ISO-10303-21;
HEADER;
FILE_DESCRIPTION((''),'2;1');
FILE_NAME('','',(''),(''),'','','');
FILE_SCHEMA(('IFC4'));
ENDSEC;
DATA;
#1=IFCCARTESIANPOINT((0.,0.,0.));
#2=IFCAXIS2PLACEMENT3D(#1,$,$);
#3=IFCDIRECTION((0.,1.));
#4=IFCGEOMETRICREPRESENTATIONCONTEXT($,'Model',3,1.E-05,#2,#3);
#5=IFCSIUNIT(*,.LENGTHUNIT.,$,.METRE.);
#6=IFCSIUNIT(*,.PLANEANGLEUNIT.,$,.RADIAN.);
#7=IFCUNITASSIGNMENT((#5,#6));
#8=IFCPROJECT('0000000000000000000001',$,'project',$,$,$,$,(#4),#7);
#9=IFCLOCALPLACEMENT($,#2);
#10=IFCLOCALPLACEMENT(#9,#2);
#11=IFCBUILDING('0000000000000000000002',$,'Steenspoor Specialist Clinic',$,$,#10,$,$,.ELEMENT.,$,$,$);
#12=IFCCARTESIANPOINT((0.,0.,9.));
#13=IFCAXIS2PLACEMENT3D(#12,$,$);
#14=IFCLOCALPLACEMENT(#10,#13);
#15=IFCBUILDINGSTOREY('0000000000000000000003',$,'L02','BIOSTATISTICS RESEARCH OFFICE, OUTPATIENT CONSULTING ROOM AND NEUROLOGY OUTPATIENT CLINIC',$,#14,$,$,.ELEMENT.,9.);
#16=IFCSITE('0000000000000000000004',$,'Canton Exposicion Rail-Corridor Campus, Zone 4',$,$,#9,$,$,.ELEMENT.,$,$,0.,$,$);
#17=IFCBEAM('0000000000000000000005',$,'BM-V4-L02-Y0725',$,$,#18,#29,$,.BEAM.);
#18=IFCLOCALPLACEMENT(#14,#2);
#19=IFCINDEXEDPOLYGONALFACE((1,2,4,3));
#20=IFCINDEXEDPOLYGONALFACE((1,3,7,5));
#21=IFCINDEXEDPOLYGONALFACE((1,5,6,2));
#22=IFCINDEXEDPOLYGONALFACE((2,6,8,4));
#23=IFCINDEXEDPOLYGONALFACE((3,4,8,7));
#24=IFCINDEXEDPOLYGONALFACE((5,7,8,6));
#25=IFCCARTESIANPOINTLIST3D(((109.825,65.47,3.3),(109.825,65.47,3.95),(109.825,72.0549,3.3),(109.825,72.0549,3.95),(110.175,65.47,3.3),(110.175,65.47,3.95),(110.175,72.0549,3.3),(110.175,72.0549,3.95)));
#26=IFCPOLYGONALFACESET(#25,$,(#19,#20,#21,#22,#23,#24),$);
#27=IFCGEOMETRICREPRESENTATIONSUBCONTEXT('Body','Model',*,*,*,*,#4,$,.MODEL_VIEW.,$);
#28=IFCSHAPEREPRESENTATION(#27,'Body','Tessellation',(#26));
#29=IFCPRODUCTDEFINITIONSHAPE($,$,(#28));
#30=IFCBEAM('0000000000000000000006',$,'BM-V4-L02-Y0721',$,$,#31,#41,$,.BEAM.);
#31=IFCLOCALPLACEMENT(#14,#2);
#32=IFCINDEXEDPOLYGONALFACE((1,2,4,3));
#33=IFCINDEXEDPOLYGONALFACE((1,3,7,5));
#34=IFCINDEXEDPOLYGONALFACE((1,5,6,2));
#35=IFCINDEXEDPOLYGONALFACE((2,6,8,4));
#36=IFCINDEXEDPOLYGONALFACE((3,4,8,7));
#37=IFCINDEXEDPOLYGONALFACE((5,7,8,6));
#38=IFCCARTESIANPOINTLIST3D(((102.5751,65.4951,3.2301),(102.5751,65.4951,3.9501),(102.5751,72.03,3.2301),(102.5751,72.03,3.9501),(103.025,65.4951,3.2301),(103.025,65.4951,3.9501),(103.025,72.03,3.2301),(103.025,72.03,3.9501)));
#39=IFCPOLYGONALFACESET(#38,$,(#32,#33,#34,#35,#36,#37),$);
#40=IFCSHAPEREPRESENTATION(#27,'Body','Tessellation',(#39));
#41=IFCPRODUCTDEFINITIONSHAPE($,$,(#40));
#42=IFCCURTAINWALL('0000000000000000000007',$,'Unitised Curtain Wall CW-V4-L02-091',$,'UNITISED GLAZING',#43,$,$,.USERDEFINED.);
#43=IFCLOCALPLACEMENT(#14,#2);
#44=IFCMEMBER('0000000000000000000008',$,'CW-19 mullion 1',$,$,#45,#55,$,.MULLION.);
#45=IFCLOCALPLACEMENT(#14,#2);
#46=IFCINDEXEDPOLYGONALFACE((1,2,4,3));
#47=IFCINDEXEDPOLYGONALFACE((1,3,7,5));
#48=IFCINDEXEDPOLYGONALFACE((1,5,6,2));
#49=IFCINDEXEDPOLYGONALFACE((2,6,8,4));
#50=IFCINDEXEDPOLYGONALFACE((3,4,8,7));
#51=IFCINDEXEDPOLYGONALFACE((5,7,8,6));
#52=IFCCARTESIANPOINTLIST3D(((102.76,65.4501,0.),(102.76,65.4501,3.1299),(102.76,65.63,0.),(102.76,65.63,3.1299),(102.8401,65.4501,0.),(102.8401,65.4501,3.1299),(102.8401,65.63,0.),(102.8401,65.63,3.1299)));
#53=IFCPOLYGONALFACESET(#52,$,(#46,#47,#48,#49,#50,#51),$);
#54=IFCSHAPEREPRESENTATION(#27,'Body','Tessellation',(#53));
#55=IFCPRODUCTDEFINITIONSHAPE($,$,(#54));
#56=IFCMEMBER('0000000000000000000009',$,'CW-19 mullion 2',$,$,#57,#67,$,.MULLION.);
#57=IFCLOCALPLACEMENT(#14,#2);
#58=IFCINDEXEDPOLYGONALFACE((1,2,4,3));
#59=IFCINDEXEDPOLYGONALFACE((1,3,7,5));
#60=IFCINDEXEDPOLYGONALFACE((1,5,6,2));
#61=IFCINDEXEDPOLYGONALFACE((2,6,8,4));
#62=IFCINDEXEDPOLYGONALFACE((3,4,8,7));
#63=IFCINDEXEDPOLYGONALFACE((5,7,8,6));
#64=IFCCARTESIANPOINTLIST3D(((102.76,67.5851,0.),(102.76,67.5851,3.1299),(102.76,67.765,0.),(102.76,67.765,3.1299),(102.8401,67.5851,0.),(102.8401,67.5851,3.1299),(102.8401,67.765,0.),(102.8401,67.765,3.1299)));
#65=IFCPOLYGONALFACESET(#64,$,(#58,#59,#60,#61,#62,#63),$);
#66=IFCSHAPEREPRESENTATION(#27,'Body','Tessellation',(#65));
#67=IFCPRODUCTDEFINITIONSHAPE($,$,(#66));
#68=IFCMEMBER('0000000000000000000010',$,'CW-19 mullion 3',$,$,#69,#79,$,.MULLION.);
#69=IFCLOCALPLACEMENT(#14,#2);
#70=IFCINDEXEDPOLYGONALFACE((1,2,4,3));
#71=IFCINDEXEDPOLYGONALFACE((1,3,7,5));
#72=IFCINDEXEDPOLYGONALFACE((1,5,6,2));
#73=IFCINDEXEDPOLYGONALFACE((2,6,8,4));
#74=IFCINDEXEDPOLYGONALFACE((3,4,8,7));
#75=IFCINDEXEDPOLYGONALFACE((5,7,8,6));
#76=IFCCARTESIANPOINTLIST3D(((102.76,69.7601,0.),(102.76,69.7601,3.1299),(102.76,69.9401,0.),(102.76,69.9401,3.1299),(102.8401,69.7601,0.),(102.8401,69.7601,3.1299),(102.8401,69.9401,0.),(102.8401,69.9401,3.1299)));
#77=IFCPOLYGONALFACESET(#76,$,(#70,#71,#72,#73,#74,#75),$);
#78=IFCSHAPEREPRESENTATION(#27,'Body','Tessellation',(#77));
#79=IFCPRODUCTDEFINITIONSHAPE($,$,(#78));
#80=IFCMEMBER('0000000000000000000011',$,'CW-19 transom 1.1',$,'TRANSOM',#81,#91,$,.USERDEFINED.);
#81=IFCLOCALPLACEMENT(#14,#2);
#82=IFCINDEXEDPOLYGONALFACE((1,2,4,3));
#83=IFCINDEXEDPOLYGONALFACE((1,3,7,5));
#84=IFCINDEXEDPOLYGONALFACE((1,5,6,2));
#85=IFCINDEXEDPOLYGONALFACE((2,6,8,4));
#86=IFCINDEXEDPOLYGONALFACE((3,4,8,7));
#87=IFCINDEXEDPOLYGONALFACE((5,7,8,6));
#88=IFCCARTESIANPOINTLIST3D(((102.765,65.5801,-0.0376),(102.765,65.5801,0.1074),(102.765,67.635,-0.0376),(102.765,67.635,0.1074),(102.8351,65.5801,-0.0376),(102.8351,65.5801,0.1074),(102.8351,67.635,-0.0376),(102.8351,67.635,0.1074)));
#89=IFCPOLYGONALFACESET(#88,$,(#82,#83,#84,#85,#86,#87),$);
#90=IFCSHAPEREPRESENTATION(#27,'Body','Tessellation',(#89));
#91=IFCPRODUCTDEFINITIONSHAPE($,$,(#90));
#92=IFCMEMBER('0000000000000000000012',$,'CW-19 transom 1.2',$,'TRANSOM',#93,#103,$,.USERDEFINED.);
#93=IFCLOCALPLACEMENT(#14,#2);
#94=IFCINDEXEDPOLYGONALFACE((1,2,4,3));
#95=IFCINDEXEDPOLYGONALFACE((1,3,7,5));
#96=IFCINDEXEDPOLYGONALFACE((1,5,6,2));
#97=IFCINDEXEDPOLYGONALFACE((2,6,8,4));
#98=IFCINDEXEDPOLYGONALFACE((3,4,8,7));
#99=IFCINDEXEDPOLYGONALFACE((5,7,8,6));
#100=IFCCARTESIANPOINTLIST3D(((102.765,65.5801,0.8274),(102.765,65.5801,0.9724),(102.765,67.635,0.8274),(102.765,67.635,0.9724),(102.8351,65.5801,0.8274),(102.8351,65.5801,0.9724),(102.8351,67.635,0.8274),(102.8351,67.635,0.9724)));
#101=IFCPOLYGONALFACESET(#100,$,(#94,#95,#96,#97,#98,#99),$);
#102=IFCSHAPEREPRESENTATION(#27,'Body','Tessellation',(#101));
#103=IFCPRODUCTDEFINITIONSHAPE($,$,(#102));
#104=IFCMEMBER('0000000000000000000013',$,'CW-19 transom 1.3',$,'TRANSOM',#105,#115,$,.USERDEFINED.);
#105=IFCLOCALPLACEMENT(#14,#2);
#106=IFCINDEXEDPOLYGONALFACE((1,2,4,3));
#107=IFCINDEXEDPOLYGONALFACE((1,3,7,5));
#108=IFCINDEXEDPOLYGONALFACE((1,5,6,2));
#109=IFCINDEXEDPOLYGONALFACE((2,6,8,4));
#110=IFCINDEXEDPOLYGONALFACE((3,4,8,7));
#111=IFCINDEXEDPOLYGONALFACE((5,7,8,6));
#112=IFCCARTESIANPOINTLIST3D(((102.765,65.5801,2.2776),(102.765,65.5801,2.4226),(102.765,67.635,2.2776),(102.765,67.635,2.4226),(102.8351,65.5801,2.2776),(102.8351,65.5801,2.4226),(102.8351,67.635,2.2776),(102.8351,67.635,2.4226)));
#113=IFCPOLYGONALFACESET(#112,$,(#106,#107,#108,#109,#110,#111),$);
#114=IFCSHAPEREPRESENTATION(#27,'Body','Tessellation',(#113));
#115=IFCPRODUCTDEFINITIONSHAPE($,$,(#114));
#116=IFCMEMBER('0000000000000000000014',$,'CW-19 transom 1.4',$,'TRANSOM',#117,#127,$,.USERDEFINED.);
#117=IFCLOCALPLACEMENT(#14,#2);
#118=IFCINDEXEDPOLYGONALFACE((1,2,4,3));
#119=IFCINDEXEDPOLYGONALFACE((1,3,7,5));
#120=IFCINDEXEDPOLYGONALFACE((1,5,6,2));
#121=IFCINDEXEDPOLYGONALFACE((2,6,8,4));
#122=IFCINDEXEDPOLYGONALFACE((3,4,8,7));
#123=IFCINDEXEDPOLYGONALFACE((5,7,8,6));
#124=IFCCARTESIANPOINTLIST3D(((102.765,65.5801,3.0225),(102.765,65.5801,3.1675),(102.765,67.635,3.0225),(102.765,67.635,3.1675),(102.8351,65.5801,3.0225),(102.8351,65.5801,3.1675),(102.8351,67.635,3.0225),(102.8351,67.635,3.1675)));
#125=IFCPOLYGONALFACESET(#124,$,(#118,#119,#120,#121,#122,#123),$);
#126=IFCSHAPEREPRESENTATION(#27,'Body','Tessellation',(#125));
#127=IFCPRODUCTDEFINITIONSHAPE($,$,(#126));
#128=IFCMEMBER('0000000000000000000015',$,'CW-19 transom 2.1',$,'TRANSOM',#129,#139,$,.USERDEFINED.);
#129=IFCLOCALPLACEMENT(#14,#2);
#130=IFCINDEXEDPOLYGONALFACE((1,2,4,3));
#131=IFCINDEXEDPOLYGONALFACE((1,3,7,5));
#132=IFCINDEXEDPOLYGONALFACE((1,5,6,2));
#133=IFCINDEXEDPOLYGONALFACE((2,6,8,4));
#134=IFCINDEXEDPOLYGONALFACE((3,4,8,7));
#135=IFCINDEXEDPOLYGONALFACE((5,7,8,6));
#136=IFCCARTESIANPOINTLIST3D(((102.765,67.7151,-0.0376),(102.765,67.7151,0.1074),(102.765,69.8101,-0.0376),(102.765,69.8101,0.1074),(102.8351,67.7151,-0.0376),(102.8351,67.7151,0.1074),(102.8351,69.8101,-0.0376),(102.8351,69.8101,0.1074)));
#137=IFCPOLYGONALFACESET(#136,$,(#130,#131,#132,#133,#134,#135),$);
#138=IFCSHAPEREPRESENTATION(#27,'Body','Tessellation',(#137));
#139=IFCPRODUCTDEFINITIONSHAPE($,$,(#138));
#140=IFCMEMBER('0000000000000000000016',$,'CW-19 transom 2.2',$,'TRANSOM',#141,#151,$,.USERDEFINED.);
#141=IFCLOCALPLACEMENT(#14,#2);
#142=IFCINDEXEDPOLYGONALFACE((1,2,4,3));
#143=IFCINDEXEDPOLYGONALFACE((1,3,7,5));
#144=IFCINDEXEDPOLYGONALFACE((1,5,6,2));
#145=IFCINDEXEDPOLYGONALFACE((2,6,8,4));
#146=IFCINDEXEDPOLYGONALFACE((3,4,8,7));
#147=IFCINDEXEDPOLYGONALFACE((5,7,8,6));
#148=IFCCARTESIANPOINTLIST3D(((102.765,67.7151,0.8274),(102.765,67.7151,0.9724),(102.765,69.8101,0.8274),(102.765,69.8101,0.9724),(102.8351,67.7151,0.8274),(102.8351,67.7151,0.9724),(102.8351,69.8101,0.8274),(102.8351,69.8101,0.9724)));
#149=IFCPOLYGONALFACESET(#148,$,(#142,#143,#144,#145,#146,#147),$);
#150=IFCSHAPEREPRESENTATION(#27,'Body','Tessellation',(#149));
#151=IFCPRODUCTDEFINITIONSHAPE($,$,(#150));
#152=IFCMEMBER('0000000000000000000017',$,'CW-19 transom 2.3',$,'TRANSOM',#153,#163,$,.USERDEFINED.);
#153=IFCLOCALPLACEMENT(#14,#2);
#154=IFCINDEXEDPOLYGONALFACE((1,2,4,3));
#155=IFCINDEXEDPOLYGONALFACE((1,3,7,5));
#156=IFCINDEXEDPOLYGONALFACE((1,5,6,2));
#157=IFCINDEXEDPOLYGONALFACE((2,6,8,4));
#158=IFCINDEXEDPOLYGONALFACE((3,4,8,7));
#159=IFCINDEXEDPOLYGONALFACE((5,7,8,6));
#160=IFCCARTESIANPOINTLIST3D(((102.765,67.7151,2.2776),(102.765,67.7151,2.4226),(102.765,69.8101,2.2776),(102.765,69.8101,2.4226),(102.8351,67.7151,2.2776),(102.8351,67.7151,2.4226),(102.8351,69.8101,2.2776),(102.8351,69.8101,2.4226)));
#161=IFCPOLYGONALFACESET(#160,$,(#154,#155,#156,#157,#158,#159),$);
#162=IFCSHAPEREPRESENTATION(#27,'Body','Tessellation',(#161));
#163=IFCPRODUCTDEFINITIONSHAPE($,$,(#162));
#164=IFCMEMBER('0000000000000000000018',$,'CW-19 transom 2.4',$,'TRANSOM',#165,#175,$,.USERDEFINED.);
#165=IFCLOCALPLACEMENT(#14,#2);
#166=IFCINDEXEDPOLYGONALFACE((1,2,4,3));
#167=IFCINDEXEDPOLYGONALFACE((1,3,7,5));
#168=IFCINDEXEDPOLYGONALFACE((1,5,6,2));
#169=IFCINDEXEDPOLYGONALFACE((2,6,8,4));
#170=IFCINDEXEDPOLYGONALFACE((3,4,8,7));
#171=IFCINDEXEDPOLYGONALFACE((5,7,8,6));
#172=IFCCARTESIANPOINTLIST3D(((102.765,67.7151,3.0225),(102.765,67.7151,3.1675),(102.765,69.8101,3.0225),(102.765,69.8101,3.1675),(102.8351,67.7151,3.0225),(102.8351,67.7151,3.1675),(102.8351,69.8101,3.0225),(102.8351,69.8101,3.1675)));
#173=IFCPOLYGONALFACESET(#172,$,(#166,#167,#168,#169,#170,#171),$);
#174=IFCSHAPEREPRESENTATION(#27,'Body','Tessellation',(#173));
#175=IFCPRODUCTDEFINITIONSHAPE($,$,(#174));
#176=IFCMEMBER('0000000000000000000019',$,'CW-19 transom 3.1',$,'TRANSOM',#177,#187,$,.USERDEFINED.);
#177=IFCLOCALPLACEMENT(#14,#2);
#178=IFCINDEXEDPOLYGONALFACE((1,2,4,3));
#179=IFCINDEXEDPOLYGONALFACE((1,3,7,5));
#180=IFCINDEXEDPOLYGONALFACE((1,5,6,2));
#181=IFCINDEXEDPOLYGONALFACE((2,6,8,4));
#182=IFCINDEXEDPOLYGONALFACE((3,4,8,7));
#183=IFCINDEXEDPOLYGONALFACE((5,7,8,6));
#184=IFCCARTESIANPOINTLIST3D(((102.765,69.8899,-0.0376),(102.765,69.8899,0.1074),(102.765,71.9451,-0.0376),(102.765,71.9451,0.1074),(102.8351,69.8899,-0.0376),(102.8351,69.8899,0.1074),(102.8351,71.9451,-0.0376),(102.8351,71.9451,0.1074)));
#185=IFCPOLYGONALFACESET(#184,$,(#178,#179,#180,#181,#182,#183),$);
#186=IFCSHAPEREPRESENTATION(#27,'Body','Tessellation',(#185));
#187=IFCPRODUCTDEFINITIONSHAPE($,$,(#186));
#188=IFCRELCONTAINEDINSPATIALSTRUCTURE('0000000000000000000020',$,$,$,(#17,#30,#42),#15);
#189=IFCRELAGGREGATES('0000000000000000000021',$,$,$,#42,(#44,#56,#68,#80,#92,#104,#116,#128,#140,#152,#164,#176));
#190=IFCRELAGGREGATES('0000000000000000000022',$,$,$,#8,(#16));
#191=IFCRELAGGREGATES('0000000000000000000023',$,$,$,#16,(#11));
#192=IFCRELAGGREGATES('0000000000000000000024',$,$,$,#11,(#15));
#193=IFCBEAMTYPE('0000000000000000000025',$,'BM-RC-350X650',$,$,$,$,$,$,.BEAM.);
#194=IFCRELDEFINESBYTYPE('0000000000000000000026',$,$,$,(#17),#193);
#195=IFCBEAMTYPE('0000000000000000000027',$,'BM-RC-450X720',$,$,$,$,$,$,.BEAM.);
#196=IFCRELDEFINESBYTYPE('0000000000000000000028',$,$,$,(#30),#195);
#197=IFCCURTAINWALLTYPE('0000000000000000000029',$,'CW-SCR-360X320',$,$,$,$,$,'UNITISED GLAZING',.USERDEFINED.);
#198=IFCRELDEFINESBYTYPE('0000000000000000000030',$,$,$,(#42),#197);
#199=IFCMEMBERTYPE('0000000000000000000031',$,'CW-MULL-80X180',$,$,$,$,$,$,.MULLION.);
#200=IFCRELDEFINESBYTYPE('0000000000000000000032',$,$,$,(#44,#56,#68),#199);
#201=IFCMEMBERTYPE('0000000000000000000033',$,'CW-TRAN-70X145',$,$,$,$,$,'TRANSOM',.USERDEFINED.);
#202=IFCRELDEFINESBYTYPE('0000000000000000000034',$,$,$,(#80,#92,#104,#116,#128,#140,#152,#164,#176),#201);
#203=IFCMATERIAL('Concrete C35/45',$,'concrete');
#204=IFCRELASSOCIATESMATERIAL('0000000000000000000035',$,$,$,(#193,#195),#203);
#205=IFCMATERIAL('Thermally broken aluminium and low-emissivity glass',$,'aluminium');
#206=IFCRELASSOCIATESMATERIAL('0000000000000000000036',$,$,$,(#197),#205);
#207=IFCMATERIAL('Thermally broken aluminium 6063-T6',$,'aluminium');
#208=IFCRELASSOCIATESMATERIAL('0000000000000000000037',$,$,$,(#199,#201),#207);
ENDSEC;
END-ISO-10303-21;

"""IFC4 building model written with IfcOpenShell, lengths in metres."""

from ifc_helpers import new_model, si_unit, direction, frame, origin, origin_2d, place, context, subcontext, project, spatial, rectangle, extrude, material, material_profile, profile_set, type_object, element, aggregate, save


model = new_model("IFC4")

# Units and contexts
model_context = context("Model", 3, precision=1e-05, world=origin(), true_north=direction((0.0, 1.0)))
body_context = subcontext(model_context, "Body", "Model", "MODEL_VIEW")
ifc_project = project(units=[si_unit("LENGTHUNIT", "METRE"), si_unit("PLANEANGLEUNIT", "RADIAN")], contexts=[model_context])

# Site, building, storey
site_placement = place(None, origin())
site = spatial("IfcSite", under=ifc_project, at=site_placement, Name="Canton Exposicion Rail-Corridor Campus, Zone 4", CompositionType="ELEMENT", RefElevation=0.0)
building_placement = place(site_placement, origin())
building = spatial("IfcBuilding", under=site, at=building_placement, Name="Steenspoor Specialist Clinic", CompositionType="ELEMENT")
storey_placement = place(building_placement, frame((0.0, 0.0, 9.0)))
storey = spatial("IfcBuildingStorey", under=building, at=storey_placement, Name="L02", Description="BIOSTATISTICS RESEARCH OFFICE, OUTPATIENT CONSULTING ROOM AND NEUROLOGY OUTPATIENT CLINIC", CompositionType="ELEMENT", Elevation=9.0)

# Beams
ifc_material_1 = material(Name="Concrete C35/45", Category="concrete")
ifc_material_profile_1 = material_profile(ifc_material_1, rectangle(XDim=0.3501, YDim=0.6499, at=origin_2d()), Name="RC-BM-350X650")
ifc_profile_set_1 = profile_set([ifc_material_profile_1], Name="Concrete C35/45")
beam_type_1 = type_object("IfcBeamType", Name="BM-RC-350X650", PredefinedType="BEAM", material=ifc_profile_set_1)
beam_1_placement = place(storey_placement, frame((110.0, 65.47, 3.625), z_axis=(0.0, 1.0, 0.0), x_axis=(-1.0, 0.0, 0.0)))
element("IfcBeam", 1, at=beam_1_placement, inside=storey, type_object=beam_type_1, Name="BM-V4-L02-Y0725", PredefinedType="BEAM", context=body_context, shape_type="SweptSolid", body=[
    extrude(rectangle(XDim=0.3501, YDim=0.6499, at=origin_2d()), origin(), (0.0, 0.0, 1.0), 6.585),
])
ifc_material_profile_2 = material_profile(ifc_material_1, rectangle(XDim=0.45, YDim=0.72, at=origin_2d()), Name="RC-BM-450X720")
ifc_profile_set_2 = profile_set([ifc_material_profile_2], Name="Concrete C35/45")
beam_type_2 = type_object("IfcBeamType", Name="BM-RC-450X720", PredefinedType="BEAM", material=ifc_profile_set_2)
beam_2_placement = place(storey_placement, frame((102.8, 65.4951, 3.5901), z_axis=(0.0, 1.0, 0.0), x_axis=(-1.0, 0.0, 0.0)))
element("IfcBeam", 2, at=beam_2_placement, inside=storey, type_object=beam_type_2, Name="BM-V4-L02-Y0721", PredefinedType="BEAM", context=body_context, shape_type="SweptSolid", body=[
    extrude(rectangle(XDim=0.45, YDim=0.72, at=origin_2d()), origin(), (0.0, 0.0, 1.0), 6.5349),
])

# Curtain wall, members
ifc_material_2 = material(Name="Thermally broken aluminium and low-emissivity glass", Category="aluminium")
curtain_wall_type = type_object("IfcCurtainWallType", Name="CW-SCR-360X320", ElementType="UNITISED GLAZING", PredefinedType="USERDEFINED", material=ifc_material_2)
curtain_wall_placement = place(storey_placement, origin())
curtain_wall = element("IfcCurtainWall", 3, at=curtain_wall_placement, inside=storey, type_object=curtain_wall_type, Name="Unitised Curtain Wall CW-V4-L02-091", ObjectType="UNITISED GLAZING", PredefinedType="USERDEFINED")
ifc_material_3 = material(Name="Thermally broken aluminium 6063-T6", Category="aluminium")
ifc_material_profile_3 = material_profile(ifc_material_3, rectangle(XDim=0.0801, YDim=0.1799, at=origin_2d()), Name="CWM-80X180")
ifc_profile_set_3 = profile_set([ifc_material_profile_3], Name="Thermally broken aluminium 6063-T6")
member_type_1 = type_object("IfcMemberType", Name="CW-MULL-80X180", PredefinedType="MULLION", material=ifc_profile_set_3)
member_1_placement = place(storey_placement, frame((102.8, 65.54, 0.0), z_axis=(0.0, 0.0, 1.0), x_axis=(-1.0, 0.0, 0.0)))
member_1 = element("IfcMember", 4, at=member_1_placement, type_object=member_type_1, Name="CW-19 mullion 1", PredefinedType="MULLION", context=body_context, shape_type="SweptSolid", body=[
    extrude(rectangle(XDim=0.0801, YDim=0.1799, at=origin_2d()), origin(), (0.0, 0.0, 1.0), 3.1299),
])
member_2_placement = place(storey_placement, frame((102.8, 67.675, 0.0), z_axis=(0.0, 0.0, 1.0), x_axis=(-1.0, 0.0, 0.0)))
member_2 = element("IfcMember", 5, at=member_2_placement, type_object=member_type_1, Name="CW-19 mullion 2", PredefinedType="MULLION", context=body_context, shape_type="SweptSolid", body=[
    extrude(rectangle(XDim=0.0801, YDim=0.1799, at=origin_2d()), origin(), (0.0, 0.0, 1.0), 3.1299),
])
member_3_placement = place(storey_placement, frame((102.8, 69.8501, 0.0), z_axis=(0.0, 0.0, 1.0), x_axis=(-1.0, 0.0, 0.0)))
member_3 = element("IfcMember", 6, at=member_3_placement, type_object=member_type_1, Name="CW-19 mullion 3", PredefinedType="MULLION", context=body_context, shape_type="SweptSolid", body=[
    extrude(rectangle(XDim=0.0801, YDim=0.1799, at=origin_2d()), origin(), (0.0, 0.0, 1.0), 3.1299),
])
ifc_material_profile_4 = material_profile(ifc_material_3, rectangle(XDim=0.0701, YDim=0.145, at=origin_2d()), Name="CWT-70X145")
ifc_profile_set_4 = profile_set([ifc_material_profile_4], Name="Thermally broken aluminium 6063-T6")
member_type_2 = type_object("IfcMemberType", Name="CW-TRAN-70X145", ElementType="TRANSOM", PredefinedType="USERDEFINED", material=ifc_profile_set_4)
member_4_placement = place(storey_placement, frame((102.8, 65.5801, 0.0349), z_axis=(0.0, 1.0, 0.0), x_axis=(-1.0, 0.0, 0.0)))
member_4 = element("IfcMember", 7, at=member_4_placement, type_object=member_type_2, Name="CW-19 transom 1.1", ObjectType="TRANSOM", PredefinedType="USERDEFINED", context=body_context, shape_type="SweptSolid", body=[
    extrude(rectangle(XDim=0.0701, YDim=0.145, at=origin_2d()), origin(), (0.0, 0.0, 1.0), 2.0549),
])
member_5_placement = place(storey_placement, frame((102.8, 65.5801, 0.8999), z_axis=(0.0, 1.0, 0.0), x_axis=(-1.0, 0.0, 0.0)))
member_5 = element("IfcMember", 8, at=member_5_placement, type_object=member_type_2, Name="CW-19 transom 1.2", ObjectType="TRANSOM", PredefinedType="USERDEFINED", context=body_context, shape_type="SweptSolid", body=[
    extrude(rectangle(XDim=0.0701, YDim=0.145, at=origin_2d()), origin(), (0.0, 0.0, 1.0), 2.0549),
])
member_6_placement = place(storey_placement, frame((102.8, 65.5801, 2.3501), z_axis=(0.0, 1.0, 0.0), x_axis=(-1.0, 0.0, 0.0)))
member_6 = element("IfcMember", 9, at=member_6_placement, type_object=member_type_2, Name="CW-19 transom 1.3", ObjectType="TRANSOM", PredefinedType="USERDEFINED", context=body_context, shape_type="SweptSolid", body=[
    extrude(rectangle(XDim=0.0701, YDim=0.145, at=origin_2d()), origin(), (0.0, 0.0, 1.0), 2.0549),
])
member_7_placement = place(storey_placement, frame((102.8, 65.5801, 3.095), z_axis=(0.0, 1.0, 0.0), x_axis=(-1.0, 0.0, 0.0)))
member_7 = element("IfcMember", 10, at=member_7_placement, type_object=member_type_2, Name="CW-19 transom 1.4", ObjectType="TRANSOM", PredefinedType="USERDEFINED", context=body_context, shape_type="SweptSolid", body=[
    extrude(rectangle(XDim=0.0701, YDim=0.145, at=origin_2d()), origin(), (0.0, 0.0, 1.0), 2.0549),
])
member_8_placement = place(storey_placement, frame((102.8, 67.7151, 0.0349), z_axis=(0.0, 1.0, 0.0), x_axis=(-1.0, 0.0, 0.0)))
member_8 = element("IfcMember", 11, at=member_8_placement, type_object=member_type_2, Name="CW-19 transom 2.1", ObjectType="TRANSOM", PredefinedType="USERDEFINED", context=body_context, shape_type="SweptSolid", body=[
    extrude(rectangle(XDim=0.0701, YDim=0.145, at=origin_2d()), origin(), (0.0, 0.0, 1.0), 2.095),
])
member_9_placement = place(storey_placement, frame((102.8, 67.7151, 0.8999), z_axis=(0.0, 1.0, 0.0), x_axis=(-1.0, 0.0, 0.0)))
member_9 = element("IfcMember", 12, at=member_9_placement, type_object=member_type_2, Name="CW-19 transom 2.2", ObjectType="TRANSOM", PredefinedType="USERDEFINED", context=body_context, shape_type="SweptSolid", body=[
    extrude(rectangle(XDim=0.0701, YDim=0.145, at=origin_2d()), origin(), (0.0, 0.0, 1.0), 2.095),
])
member_10_placement = place(storey_placement, frame((102.8, 67.7151, 2.3501), z_axis=(0.0, 1.0, 0.0), x_axis=(-1.0, 0.0, 0.0)))
member_10 = element("IfcMember", 13, at=member_10_placement, type_object=member_type_2, Name="CW-19 transom 2.3", ObjectType="TRANSOM", PredefinedType="USERDEFINED", context=body_context, shape_type="SweptSolid", body=[
    extrude(rectangle(XDim=0.0701, YDim=0.145, at=origin_2d()), origin(), (0.0, 0.0, 1.0), 2.095),
])
member_11_placement = place(storey_placement, frame((102.8, 67.7151, 3.095), z_axis=(0.0, 1.0, 0.0), x_axis=(-1.0, 0.0, 0.0)))
member_11 = element("IfcMember", 14, at=member_11_placement, type_object=member_type_2, Name="CW-19 transom 2.4", ObjectType="TRANSOM", PredefinedType="USERDEFINED", context=body_context, shape_type="SweptSolid", body=[
    extrude(rectangle(XDim=0.0701, YDim=0.145, at=origin_2d()), origin(), (0.0, 0.0, 1.0), 2.095),
])
member_12_placement = place(storey_placement, frame((102.8, 69.8899, 0.0349), z_axis=(0.0, 1.0, 0.0), x_axis=(-1.0, 0.0, 0.0)))
member_12 = element("IfcMember", 15, at=member_12_placement, type_object=member_type_2, Name="CW-19 transom 3.1", ObjectType="TRANSOM", PredefinedType="USERDEFINED", context=body_context, shape_type="SweptSolid", body=[
    extrude(rectangle(XDim=0.0701, YDim=0.145, at=origin_2d()), origin(), (0.0, 0.0, 1.0), 2.0552),
])

aggregate(curtain_wall, [member_1, member_2, member_3, member_4, member_5, member_6, member_7, member_8, member_9, member_10, member_11, member_12])

save(model, "model.ifc")
